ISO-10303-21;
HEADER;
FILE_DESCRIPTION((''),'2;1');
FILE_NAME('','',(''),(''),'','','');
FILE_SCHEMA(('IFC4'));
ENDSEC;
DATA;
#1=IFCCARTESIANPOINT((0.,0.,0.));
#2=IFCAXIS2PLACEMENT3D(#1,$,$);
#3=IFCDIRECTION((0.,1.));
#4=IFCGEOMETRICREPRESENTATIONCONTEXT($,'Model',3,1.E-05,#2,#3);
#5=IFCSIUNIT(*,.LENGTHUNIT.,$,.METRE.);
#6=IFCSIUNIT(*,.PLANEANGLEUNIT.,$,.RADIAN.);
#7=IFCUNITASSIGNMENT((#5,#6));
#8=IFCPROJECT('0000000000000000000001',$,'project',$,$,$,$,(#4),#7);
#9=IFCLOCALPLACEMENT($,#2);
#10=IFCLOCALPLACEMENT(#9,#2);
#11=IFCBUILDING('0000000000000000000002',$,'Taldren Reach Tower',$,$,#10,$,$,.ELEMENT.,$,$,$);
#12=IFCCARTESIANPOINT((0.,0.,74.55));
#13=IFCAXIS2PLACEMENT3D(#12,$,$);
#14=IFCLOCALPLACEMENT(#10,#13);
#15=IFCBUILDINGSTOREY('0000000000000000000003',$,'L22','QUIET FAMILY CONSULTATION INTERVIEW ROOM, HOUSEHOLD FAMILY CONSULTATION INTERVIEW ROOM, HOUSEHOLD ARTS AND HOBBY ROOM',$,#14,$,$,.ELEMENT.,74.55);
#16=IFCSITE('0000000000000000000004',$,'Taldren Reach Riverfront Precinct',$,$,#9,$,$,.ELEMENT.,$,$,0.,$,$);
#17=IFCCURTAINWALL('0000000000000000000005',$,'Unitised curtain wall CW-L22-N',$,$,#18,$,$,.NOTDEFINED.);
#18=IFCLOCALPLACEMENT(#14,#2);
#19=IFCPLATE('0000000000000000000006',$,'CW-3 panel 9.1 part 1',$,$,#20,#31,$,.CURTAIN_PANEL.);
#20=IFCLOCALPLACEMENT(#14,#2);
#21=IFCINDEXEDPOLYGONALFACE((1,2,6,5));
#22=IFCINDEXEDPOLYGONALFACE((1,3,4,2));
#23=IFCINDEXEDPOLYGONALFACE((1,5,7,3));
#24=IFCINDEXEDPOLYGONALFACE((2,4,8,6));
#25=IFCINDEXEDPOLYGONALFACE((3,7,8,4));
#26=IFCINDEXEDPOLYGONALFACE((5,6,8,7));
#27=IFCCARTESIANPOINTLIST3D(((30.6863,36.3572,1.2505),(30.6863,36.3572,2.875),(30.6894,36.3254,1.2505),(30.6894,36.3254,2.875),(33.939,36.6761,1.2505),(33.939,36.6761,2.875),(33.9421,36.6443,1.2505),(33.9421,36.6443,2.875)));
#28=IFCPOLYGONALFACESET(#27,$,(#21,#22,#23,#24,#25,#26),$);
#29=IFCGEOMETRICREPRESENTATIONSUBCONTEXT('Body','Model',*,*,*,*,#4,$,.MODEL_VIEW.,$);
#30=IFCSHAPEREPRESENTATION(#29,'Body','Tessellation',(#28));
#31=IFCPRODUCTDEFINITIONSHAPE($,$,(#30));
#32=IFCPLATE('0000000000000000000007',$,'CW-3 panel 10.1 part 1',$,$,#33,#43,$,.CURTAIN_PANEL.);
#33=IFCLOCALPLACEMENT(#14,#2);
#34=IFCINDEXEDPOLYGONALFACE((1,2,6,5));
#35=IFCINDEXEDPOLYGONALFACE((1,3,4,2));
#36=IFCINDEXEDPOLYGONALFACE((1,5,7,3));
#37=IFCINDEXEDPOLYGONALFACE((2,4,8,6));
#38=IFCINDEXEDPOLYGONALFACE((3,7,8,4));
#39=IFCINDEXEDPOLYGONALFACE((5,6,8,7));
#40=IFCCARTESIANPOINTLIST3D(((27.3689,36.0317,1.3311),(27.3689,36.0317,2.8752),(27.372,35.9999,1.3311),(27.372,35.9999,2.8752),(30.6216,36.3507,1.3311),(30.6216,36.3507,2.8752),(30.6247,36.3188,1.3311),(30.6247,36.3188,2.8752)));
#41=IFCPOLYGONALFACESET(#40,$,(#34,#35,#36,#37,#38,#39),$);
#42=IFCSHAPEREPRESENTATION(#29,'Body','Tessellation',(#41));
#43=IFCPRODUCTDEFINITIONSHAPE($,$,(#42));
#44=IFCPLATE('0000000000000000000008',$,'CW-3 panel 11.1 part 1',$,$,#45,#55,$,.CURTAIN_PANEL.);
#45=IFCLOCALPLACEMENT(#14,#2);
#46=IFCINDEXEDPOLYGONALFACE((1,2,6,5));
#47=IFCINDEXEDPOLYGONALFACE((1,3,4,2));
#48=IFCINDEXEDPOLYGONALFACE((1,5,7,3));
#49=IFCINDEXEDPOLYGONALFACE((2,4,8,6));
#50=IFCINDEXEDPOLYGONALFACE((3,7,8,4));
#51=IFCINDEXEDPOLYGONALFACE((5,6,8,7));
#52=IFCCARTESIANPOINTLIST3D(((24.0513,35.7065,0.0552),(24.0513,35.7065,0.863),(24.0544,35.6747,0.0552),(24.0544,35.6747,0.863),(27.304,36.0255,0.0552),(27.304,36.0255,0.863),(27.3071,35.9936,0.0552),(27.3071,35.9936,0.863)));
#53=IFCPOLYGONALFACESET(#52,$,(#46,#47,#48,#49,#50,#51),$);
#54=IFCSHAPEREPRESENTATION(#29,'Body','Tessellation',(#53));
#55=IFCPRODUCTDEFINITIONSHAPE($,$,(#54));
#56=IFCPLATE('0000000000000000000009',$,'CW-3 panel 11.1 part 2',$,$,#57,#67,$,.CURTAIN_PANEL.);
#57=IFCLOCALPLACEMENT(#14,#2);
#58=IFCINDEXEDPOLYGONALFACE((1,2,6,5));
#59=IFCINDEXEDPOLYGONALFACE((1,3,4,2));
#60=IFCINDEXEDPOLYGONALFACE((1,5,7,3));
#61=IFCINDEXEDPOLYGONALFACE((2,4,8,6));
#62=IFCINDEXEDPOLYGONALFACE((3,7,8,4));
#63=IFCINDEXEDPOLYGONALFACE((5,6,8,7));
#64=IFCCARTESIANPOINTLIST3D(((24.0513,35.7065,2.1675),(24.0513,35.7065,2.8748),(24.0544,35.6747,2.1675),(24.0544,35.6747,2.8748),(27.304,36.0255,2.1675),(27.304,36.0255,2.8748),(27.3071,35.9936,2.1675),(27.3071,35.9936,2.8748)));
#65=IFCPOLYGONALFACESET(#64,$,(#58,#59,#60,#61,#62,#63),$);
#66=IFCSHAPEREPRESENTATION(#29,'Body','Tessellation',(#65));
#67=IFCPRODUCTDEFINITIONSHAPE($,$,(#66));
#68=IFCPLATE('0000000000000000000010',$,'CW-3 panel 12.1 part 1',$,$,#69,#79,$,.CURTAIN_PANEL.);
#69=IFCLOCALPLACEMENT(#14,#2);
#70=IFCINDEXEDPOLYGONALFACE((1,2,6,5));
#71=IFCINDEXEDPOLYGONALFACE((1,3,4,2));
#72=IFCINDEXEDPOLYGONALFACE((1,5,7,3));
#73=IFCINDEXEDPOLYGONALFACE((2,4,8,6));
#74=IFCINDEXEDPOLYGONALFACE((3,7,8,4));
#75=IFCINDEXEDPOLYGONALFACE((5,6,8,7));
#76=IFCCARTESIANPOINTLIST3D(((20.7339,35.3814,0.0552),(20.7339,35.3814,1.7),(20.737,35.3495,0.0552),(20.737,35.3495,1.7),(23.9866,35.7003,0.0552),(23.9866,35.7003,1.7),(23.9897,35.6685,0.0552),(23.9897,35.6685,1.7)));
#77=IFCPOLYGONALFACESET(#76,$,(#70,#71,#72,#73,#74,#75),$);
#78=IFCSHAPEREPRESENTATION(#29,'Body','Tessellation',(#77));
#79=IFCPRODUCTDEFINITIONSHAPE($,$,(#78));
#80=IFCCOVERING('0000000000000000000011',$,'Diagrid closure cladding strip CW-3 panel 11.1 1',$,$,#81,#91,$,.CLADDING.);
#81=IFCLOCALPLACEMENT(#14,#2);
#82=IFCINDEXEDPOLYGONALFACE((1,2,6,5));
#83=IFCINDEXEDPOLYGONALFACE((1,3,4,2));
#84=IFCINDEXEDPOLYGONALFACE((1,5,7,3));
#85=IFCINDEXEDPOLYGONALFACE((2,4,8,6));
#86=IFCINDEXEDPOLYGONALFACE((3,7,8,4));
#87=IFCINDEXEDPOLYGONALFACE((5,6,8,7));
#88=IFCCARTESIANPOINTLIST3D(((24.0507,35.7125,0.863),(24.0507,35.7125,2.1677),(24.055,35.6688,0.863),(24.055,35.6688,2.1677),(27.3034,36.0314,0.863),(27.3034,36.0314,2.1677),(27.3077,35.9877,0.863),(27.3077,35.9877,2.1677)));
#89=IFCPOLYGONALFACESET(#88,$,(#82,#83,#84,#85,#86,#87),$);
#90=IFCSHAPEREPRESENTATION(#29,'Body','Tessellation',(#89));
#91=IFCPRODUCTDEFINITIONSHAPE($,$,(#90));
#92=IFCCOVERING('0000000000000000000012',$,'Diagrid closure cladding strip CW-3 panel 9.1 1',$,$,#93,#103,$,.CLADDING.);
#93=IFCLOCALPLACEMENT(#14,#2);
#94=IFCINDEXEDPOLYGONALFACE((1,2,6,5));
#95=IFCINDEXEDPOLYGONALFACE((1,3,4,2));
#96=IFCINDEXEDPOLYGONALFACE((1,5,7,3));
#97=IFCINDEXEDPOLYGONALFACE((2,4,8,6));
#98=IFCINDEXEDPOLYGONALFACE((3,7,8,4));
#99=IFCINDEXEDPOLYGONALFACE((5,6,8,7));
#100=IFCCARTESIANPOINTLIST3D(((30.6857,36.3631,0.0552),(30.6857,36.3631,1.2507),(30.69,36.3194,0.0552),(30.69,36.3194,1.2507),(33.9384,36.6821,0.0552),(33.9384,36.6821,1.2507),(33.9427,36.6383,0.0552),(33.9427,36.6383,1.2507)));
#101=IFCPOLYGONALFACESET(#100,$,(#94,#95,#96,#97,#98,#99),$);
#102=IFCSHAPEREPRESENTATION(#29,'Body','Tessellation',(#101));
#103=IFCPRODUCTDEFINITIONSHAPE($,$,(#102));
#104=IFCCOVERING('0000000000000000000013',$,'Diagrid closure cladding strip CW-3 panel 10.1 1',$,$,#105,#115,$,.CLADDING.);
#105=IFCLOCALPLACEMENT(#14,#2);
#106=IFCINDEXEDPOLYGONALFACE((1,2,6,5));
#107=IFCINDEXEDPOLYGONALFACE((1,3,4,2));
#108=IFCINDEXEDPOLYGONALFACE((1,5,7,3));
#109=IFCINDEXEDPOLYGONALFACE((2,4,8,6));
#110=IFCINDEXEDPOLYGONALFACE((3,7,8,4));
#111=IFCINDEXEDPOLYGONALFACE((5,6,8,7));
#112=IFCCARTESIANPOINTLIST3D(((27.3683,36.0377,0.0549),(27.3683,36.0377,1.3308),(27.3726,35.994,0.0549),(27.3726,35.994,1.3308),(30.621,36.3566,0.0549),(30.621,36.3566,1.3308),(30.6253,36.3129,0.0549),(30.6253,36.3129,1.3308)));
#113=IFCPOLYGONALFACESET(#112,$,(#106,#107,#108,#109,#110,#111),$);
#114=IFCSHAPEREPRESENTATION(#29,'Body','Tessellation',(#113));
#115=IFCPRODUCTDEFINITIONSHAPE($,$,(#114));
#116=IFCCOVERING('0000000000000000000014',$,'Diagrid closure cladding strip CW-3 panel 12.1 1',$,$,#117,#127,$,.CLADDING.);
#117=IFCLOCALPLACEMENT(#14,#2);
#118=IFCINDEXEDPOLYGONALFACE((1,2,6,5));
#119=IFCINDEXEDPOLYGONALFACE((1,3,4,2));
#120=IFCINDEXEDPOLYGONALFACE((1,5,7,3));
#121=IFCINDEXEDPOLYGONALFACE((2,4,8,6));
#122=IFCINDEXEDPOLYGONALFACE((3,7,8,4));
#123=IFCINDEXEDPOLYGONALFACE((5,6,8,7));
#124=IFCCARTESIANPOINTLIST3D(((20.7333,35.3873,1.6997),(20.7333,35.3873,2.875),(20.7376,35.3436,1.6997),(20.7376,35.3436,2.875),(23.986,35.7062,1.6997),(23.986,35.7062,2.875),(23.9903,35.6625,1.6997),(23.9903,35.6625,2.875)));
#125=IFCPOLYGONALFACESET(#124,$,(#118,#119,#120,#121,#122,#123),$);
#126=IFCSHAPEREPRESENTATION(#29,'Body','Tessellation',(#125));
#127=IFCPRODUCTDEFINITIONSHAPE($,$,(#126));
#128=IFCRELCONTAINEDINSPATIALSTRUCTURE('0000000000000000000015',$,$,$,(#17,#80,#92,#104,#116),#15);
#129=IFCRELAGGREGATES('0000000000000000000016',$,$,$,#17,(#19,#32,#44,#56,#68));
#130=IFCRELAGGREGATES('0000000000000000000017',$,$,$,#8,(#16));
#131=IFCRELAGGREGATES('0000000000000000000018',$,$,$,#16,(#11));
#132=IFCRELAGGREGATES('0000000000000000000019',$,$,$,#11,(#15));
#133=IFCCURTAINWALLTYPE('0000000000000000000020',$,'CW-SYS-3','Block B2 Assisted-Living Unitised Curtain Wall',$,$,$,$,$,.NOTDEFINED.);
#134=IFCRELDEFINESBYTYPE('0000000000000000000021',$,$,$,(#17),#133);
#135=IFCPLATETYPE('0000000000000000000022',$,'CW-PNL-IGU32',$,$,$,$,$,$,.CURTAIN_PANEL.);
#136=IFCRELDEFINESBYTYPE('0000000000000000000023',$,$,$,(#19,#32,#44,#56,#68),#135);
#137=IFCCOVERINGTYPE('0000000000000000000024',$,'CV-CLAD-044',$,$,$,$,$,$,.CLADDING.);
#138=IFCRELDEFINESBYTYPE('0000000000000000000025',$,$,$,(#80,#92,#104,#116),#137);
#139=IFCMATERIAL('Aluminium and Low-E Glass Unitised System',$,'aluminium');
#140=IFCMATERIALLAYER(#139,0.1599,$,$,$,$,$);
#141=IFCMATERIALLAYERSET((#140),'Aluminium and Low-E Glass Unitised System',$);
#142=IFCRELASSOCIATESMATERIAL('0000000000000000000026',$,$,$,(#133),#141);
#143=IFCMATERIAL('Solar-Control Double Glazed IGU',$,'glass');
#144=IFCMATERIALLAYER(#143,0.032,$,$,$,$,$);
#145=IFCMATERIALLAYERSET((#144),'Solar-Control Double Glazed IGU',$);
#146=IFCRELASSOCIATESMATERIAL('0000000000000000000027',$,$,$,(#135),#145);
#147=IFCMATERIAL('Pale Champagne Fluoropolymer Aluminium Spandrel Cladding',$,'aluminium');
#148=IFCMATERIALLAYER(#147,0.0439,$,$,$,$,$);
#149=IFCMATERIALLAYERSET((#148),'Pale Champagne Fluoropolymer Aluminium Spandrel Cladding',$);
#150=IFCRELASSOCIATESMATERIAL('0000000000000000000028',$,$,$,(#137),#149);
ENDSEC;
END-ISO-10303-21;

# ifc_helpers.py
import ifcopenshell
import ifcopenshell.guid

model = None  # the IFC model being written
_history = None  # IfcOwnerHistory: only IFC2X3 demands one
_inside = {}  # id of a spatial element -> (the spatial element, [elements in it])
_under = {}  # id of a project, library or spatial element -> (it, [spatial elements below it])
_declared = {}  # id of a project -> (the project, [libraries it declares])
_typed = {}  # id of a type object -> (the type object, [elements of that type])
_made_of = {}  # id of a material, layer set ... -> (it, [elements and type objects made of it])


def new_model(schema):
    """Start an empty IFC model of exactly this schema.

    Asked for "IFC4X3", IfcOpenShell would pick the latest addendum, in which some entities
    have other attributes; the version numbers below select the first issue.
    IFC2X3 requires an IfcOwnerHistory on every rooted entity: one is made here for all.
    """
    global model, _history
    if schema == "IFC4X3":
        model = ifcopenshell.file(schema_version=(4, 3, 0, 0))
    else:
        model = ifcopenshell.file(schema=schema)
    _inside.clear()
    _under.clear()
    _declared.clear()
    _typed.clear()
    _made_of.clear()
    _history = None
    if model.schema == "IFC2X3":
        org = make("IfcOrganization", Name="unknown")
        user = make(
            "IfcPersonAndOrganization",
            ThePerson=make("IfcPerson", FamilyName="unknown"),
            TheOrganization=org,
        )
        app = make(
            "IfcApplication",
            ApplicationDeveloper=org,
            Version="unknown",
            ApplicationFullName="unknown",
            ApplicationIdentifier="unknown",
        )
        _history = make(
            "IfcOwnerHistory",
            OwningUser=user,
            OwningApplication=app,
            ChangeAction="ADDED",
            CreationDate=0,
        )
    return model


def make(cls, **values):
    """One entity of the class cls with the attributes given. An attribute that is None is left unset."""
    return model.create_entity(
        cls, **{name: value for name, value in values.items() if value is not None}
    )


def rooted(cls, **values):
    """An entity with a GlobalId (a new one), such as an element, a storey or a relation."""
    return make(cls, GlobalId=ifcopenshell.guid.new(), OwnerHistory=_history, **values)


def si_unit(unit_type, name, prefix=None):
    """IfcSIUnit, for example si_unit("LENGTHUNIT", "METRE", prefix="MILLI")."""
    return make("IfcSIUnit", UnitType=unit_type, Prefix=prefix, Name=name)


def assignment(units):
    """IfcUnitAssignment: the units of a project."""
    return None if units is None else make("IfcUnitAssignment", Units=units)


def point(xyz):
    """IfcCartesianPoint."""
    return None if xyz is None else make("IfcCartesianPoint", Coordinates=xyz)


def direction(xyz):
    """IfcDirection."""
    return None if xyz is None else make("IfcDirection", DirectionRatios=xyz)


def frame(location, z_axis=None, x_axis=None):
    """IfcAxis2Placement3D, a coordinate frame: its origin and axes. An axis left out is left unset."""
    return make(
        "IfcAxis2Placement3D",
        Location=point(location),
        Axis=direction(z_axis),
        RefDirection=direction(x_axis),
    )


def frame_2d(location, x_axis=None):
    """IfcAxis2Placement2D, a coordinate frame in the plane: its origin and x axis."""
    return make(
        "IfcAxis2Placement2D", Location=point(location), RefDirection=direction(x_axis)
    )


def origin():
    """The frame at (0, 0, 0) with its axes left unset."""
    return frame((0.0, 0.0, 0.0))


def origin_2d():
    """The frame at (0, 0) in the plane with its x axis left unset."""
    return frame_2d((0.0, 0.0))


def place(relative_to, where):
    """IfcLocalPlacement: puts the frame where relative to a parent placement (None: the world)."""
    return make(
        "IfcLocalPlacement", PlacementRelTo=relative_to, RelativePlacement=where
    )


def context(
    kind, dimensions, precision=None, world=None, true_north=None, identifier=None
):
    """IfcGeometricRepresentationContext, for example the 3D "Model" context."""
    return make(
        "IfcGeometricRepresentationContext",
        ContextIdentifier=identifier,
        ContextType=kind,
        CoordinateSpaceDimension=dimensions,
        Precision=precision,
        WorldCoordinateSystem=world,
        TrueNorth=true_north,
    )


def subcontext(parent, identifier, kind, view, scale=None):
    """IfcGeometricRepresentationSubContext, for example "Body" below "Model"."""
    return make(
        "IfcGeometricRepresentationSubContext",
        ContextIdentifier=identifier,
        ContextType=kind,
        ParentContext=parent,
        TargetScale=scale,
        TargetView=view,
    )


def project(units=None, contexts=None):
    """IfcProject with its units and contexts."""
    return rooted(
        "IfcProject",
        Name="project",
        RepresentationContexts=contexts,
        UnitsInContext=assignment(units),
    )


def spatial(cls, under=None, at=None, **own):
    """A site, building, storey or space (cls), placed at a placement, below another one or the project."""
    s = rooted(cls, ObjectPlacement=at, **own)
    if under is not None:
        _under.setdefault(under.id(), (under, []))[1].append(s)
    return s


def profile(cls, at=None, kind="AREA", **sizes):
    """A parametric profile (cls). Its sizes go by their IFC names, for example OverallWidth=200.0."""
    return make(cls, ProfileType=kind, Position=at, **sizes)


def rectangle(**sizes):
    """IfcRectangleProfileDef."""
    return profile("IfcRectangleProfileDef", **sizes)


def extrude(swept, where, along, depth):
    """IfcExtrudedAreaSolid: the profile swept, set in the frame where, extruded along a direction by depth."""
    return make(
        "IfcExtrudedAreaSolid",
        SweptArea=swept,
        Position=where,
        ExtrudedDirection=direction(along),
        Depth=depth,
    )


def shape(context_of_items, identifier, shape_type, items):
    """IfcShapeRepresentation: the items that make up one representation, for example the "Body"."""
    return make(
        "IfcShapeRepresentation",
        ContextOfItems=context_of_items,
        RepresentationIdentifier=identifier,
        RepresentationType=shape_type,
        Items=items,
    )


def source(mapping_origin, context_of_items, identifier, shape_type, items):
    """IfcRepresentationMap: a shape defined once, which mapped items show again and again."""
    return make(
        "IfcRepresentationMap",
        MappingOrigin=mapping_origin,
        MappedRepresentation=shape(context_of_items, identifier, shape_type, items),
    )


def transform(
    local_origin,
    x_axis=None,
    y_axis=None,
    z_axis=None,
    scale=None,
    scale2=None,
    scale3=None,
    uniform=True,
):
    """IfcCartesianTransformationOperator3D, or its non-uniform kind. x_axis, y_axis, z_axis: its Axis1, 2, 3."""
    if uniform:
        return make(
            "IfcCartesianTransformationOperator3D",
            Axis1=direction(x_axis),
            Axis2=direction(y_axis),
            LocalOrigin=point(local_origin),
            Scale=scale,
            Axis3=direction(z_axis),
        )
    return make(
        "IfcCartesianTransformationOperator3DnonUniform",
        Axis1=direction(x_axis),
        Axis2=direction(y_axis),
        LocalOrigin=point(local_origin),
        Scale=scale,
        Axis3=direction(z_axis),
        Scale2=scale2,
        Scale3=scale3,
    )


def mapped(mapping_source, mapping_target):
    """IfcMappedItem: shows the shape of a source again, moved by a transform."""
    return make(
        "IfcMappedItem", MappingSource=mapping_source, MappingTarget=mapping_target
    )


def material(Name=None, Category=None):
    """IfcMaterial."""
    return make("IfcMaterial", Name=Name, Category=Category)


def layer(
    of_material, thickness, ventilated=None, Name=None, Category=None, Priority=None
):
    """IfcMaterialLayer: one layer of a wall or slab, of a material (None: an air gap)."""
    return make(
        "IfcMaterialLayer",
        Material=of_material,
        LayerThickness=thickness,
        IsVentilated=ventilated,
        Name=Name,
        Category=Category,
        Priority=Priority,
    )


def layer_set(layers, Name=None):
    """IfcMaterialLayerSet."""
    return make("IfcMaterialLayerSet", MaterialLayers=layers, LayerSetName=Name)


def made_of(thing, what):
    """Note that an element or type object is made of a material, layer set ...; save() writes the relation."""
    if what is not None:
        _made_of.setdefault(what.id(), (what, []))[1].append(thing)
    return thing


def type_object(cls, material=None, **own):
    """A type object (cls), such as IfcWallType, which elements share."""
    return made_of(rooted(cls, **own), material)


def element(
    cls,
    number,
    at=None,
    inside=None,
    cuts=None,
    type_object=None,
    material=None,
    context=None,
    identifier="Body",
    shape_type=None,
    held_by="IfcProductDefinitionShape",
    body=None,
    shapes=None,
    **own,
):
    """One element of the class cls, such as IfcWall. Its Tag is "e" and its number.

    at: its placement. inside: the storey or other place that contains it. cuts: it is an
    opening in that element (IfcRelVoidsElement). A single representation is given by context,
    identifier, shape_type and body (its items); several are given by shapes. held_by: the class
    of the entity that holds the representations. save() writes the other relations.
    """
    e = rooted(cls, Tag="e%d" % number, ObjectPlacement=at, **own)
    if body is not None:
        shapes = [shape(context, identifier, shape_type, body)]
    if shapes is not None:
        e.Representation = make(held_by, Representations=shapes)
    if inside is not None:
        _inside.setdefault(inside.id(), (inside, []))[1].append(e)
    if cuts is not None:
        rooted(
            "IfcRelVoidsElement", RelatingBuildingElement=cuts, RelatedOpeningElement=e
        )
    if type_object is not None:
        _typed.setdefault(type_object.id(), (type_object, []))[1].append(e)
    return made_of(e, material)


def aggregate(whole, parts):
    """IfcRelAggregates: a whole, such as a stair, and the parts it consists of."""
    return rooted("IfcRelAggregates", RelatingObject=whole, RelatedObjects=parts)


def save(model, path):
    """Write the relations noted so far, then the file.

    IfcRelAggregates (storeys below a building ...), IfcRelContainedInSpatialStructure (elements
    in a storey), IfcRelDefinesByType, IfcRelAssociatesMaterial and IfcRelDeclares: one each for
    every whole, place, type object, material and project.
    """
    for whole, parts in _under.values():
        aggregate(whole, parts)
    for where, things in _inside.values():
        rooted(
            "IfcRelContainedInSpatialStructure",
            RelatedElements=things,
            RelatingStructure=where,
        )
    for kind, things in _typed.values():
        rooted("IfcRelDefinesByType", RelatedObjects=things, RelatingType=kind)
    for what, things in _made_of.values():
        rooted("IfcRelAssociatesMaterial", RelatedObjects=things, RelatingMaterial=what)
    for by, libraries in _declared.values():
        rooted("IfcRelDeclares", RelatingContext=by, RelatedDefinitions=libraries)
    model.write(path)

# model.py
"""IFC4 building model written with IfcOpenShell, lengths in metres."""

from ifc_helpers import new_model, si_unit, direction, frame, origin, origin_2d, place, context, subcontext, project, spatial, rectangle, extrude, source, transform, mapped, material, layer, layer_set, type_object, element, aggregate, save


model = new_model("IFC4")

# Units and contexts
model_context = context("Model", 3, precision=1e-05, world=origin(), true_north=direction((0.0, 1.0)))
body_context = subcontext(model_context, "Body", "Model", "MODEL_VIEW")
ifc_project = project(units=[si_unit("LENGTHUNIT", "METRE"), si_unit("PLANEANGLEUNIT", "RADIAN")], contexts=[model_context])

# Site, building, storey
site_placement = place(None, origin())
site = spatial("IfcSite", under=ifc_project, at=site_placement, Name="Taldren Reach Riverfront Precinct", CompositionType="ELEMENT", RefElevation=0.0)
building_placement = place(site_placement, origin())
building = spatial("IfcBuilding", under=site, at=building_placement, Name="Taldren Reach Tower", CompositionType="ELEMENT")
storey_placement = place(building_placement, frame((0.0, 0.0, 74.55)))
storey = spatial("IfcBuildingStorey", under=building, at=storey_placement, Name="L22", Description="QUIET FAMILY CONSULTATION INTERVIEW ROOM, HOUSEHOLD FAMILY CONSULTATION INTERVIEW ROOM, HOUSEHOLD ARTS AND HOBBY ROOM", CompositionType="ELEMENT", Elevation=74.55)

# Curtain wall
ifc_material_1 = material(Name="Aluminium and Low-E Glass Unitised System", Category="aluminium")
ifc_layer_1 = layer(ifc_material_1, 0.1599)
ifc_layer_set_1 = layer_set([ifc_layer_1], Name="Aluminium and Low-E Glass Unitised System")
curtain_wall_type = type_object("IfcCurtainWallType", Name="CW-SYS-3", Description="Block B2 Assisted-Living Unitised Curtain Wall", PredefinedType="NOTDEFINED", material=ifc_layer_set_1)
curtain_wall_placement = place(storey_placement, origin())
curtain_wall = element("IfcCurtainWall", 1, at=curtain_wall_placement, inside=storey, type_object=curtain_wall_type, Name="Unitised curtain wall CW-L22-N", PredefinedType="NOTDEFINED")

# Plates
ifc_material_2 = material(Name="Solar-Control Double Glazed IGU", Category="glass")
ifc_layer_2 = layer(ifc_material_2, 0.032)
ifc_layer_set_2 = layer_set([ifc_layer_2], Name="Solar-Control Double Glazed IGU")
plate_type_1 = type_object("IfcPlateType", Name="CW-PNL-IGU32", PredefinedType="CURTAIN_PANEL", material=ifc_layer_set_2)
shared_shape_1 = source(origin(), body_context, "Body", "SweptSolid", [
    extrude(rectangle(XDim=3.2683, YDim=0.032, at=origin_2d()), origin(), (0.0, 0.0, 1.0), 1.6245),
])
plate_1_placement = place(storey_placement, frame((32.3142, 36.5007, 1.2505), z_axis=(0.0, 0.0, 1.0), x_axis=(-0.995227, -0.097583, 0.0)))
plate_1 = element("IfcPlate", 2, at=plate_1_placement, type_object=plate_type_1, Name="CW-3 panel 9.1 part 1", PredefinedType="CURTAIN_PANEL", context=body_context, shape_type="MappedRepresentation", body=[
    mapped(shared_shape_1, transform((0.0, 0.0, 0.0), scale=1.0)),
])
shared_shape_2 = source(origin(), body_context, "Body", "SweptSolid", [
    extrude(rectangle(XDim=3.2683, YDim=0.032, at=origin_2d()), origin(), (0.0, 0.0, 1.0), 1.5442),
])
plate_2_placement = place(storey_placement, frame((28.9968, 36.1753, 1.3311), z_axis=(0.0, 0.0, 1.0), x_axis=(-0.995227, -0.097583, 0.0)))
plate_2 = element("IfcPlate", 3, at=plate_2_placement, type_object=plate_type_1, Name="CW-3 panel 10.1 part 1", PredefinedType="CURTAIN_PANEL", context=body_context, shape_type="MappedRepresentation", body=[
    mapped(shared_shape_2, transform((0.0, 0.0, 0.0), scale=1.0)),
])
shared_shape_3 = source(origin(), body_context, "Body", "SweptSolid", [
    extrude(rectangle(XDim=3.2683, YDim=0.032, at=origin_2d()), origin(), (0.0, 0.0, 1.0), 0.8079),
])
plate_3_placement = place(storey_placement, frame((25.6792, 35.8501, 0.0552), z_axis=(0.0, 0.0, 1.0), x_axis=(-0.995227, -0.097583, 0.0)))
plate_3 = element("IfcPlate", 4, at=plate_3_placement, type_object=plate_type_1, Name="CW-3 panel 11.1 part 1", PredefinedType="CURTAIN_PANEL", context=body_context, shape_type="MappedRepresentation", body=[
    mapped(shared_shape_3, transform((0.0, 0.0, 0.0), scale=1.0)),
])
shared_shape_4 = source(origin(), body_context, "Body", "SweptSolid", [
    extrude(rectangle(XDim=3.2683, YDim=0.032, at=origin_2d()), origin(), (0.0, 0.0, 1.0), 0.7073),
])
plate_4_placement = place(storey_placement, frame((25.6792, 35.8501, 2.1675), z_axis=(0.0, 0.0, 1.0), x_axis=(-0.995227, -0.097583, 0.0)))
plate_4 = element("IfcPlate", 5, at=plate_4_placement, type_object=plate_type_1, Name="CW-3 panel 11.1 part 2", PredefinedType="CURTAIN_PANEL", context=body_context, shape_type="MappedRepresentation", body=[
    mapped(shared_shape_4, transform((0.0, 0.0, 0.0), scale=1.0)),
])
shared_shape_5 = source(origin(), body_context, "Body", "SweptSolid", [
    extrude(rectangle(XDim=3.2683, YDim=0.032, at=origin_2d()), origin(), (0.0, 0.0, 1.0), 1.6448),
])
plate_5_placement = place(storey_placement, frame((22.3618, 35.5249, 0.0552), z_axis=(0.0, 0.0, 1.0), x_axis=(-0.995227, -0.097583, 0.0)))
plate_5 = element("IfcPlate", 6, at=plate_5_placement, type_object=plate_type_1, Name="CW-3 panel 12.1 part 1", PredefinedType="CURTAIN_PANEL", context=body_context, shape_type="MappedRepresentation", body=[
    mapped(shared_shape_5, transform((0.0, 0.0, 0.0), scale=1.0)),
])
aggregate(curtain_wall, [plate_1, plate_2, plate_3, plate_4, plate_5])

# Coverings
ifc_material_3 = material(Name="Pale Champagne Fluoropolymer Aluminium Spandrel Cladding", Category="aluminium")
ifc_layer_3 = layer(ifc_material_3, 0.0439)
ifc_layer_set_3 = layer_set([ifc_layer_3], Name="Pale Champagne Fluoropolymer Aluminium Spandrel Cladding")
covering_type = type_object("IfcCoveringType", Name="CV-CLAD-044", PredefinedType="CLADDING", material=ifc_layer_set_3)
shared_shape_6 = source(origin(), body_context, "Body", "SweptSolid", [
    extrude(rectangle(XDim=3.2683, YDim=0.0439, at=origin_2d()), origin(), (0.0, 0.0, 1.0), 1.3047),
])
covering_1_placement = place(storey_placement, frame((25.6792, 35.8501, 0.863), z_axis=(0.0, 0.0, 1.0), x_axis=(-0.995227, -0.097583, 0.0)))
element("IfcCovering", 7, at=covering_1_placement, inside=storey, type_object=covering_type, Name="Diagrid closure cladding strip CW-3 panel 11.1 1", PredefinedType="CLADDING", context=body_context, shape_type="MappedRepresentation", body=[
    mapped(shared_shape_6, transform((0.0, 0.0, 0.0), scale=1.0)),
])
shared_shape_7 = source(origin(), body_context, "Body", "SweptSolid", [
    extrude(rectangle(XDim=3.2683, YDim=0.0439, at=origin_2d()), origin(), (0.0, 0.0, 1.0), 1.1956),
])
covering_2_placement = place(storey_placement, frame((32.3142, 36.5007, 0.0552), z_axis=(0.0, 0.0, 1.0), x_axis=(-0.995227, -0.097583, 0.0)))
element("IfcCovering", 8, at=covering_2_placement, inside=storey, type_object=covering_type, Name="Diagrid closure cladding strip CW-3 panel 9.1 1", PredefinedType="CLADDING", context=body_context, shape_type="MappedRepresentation", body=[
    mapped(shared_shape_7, transform((0.0, 0.0, 0.0), scale=1.0)),
])
shared_shape_8 = source(origin(), body_context, "Body", "SweptSolid", [
    extrude(rectangle(XDim=3.2683, YDim=0.0439, at=origin_2d()), origin(), (0.0, 0.0, 1.0), 1.2759),
])
covering_3_placement = place(storey_placement, frame((28.9968, 36.1753, 0.0549), z_axis=(0.0, 0.0, 1.0), x_axis=(-0.995227, -0.097583, 0.0)))
element("IfcCovering", 9, at=covering_3_placement, inside=storey, type_object=covering_type, Name="Diagrid closure cladding strip CW-3 panel 10.1 1", PredefinedType="CLADDING", context=body_context, shape_type="MappedRepresentation", body=[
    mapped(shared_shape_8, transform((0.0, 0.0, 0.0), scale=1.0)),
])
shared_shape_9 = source(origin(), body_context, "Body", "SweptSolid", [
    extrude(rectangle(XDim=3.2683, YDim=0.0439, at=origin_2d()), origin(), (0.0, 0.0, 1.0), 1.1753),
])
covering_4_placement = place(storey_placement, frame((22.3618, 35.5249, 1.6997), z_axis=(0.0, 0.0, 1.0), x_axis=(-0.995227, -0.097583, 0.0)))
element("IfcCovering", 10, at=covering_4_placement, inside=storey, type_object=covering_type, Name="Diagrid closure cladding strip CW-3 panel 12.1 1", PredefinedType="CLADDING", context=body_context, shape_type="MappedRepresentation", body=[
    mapped(shared_shape_9, transform((0.0, 0.0, 0.0), scale=1.0)),
])

save(model, "model.ifc")
